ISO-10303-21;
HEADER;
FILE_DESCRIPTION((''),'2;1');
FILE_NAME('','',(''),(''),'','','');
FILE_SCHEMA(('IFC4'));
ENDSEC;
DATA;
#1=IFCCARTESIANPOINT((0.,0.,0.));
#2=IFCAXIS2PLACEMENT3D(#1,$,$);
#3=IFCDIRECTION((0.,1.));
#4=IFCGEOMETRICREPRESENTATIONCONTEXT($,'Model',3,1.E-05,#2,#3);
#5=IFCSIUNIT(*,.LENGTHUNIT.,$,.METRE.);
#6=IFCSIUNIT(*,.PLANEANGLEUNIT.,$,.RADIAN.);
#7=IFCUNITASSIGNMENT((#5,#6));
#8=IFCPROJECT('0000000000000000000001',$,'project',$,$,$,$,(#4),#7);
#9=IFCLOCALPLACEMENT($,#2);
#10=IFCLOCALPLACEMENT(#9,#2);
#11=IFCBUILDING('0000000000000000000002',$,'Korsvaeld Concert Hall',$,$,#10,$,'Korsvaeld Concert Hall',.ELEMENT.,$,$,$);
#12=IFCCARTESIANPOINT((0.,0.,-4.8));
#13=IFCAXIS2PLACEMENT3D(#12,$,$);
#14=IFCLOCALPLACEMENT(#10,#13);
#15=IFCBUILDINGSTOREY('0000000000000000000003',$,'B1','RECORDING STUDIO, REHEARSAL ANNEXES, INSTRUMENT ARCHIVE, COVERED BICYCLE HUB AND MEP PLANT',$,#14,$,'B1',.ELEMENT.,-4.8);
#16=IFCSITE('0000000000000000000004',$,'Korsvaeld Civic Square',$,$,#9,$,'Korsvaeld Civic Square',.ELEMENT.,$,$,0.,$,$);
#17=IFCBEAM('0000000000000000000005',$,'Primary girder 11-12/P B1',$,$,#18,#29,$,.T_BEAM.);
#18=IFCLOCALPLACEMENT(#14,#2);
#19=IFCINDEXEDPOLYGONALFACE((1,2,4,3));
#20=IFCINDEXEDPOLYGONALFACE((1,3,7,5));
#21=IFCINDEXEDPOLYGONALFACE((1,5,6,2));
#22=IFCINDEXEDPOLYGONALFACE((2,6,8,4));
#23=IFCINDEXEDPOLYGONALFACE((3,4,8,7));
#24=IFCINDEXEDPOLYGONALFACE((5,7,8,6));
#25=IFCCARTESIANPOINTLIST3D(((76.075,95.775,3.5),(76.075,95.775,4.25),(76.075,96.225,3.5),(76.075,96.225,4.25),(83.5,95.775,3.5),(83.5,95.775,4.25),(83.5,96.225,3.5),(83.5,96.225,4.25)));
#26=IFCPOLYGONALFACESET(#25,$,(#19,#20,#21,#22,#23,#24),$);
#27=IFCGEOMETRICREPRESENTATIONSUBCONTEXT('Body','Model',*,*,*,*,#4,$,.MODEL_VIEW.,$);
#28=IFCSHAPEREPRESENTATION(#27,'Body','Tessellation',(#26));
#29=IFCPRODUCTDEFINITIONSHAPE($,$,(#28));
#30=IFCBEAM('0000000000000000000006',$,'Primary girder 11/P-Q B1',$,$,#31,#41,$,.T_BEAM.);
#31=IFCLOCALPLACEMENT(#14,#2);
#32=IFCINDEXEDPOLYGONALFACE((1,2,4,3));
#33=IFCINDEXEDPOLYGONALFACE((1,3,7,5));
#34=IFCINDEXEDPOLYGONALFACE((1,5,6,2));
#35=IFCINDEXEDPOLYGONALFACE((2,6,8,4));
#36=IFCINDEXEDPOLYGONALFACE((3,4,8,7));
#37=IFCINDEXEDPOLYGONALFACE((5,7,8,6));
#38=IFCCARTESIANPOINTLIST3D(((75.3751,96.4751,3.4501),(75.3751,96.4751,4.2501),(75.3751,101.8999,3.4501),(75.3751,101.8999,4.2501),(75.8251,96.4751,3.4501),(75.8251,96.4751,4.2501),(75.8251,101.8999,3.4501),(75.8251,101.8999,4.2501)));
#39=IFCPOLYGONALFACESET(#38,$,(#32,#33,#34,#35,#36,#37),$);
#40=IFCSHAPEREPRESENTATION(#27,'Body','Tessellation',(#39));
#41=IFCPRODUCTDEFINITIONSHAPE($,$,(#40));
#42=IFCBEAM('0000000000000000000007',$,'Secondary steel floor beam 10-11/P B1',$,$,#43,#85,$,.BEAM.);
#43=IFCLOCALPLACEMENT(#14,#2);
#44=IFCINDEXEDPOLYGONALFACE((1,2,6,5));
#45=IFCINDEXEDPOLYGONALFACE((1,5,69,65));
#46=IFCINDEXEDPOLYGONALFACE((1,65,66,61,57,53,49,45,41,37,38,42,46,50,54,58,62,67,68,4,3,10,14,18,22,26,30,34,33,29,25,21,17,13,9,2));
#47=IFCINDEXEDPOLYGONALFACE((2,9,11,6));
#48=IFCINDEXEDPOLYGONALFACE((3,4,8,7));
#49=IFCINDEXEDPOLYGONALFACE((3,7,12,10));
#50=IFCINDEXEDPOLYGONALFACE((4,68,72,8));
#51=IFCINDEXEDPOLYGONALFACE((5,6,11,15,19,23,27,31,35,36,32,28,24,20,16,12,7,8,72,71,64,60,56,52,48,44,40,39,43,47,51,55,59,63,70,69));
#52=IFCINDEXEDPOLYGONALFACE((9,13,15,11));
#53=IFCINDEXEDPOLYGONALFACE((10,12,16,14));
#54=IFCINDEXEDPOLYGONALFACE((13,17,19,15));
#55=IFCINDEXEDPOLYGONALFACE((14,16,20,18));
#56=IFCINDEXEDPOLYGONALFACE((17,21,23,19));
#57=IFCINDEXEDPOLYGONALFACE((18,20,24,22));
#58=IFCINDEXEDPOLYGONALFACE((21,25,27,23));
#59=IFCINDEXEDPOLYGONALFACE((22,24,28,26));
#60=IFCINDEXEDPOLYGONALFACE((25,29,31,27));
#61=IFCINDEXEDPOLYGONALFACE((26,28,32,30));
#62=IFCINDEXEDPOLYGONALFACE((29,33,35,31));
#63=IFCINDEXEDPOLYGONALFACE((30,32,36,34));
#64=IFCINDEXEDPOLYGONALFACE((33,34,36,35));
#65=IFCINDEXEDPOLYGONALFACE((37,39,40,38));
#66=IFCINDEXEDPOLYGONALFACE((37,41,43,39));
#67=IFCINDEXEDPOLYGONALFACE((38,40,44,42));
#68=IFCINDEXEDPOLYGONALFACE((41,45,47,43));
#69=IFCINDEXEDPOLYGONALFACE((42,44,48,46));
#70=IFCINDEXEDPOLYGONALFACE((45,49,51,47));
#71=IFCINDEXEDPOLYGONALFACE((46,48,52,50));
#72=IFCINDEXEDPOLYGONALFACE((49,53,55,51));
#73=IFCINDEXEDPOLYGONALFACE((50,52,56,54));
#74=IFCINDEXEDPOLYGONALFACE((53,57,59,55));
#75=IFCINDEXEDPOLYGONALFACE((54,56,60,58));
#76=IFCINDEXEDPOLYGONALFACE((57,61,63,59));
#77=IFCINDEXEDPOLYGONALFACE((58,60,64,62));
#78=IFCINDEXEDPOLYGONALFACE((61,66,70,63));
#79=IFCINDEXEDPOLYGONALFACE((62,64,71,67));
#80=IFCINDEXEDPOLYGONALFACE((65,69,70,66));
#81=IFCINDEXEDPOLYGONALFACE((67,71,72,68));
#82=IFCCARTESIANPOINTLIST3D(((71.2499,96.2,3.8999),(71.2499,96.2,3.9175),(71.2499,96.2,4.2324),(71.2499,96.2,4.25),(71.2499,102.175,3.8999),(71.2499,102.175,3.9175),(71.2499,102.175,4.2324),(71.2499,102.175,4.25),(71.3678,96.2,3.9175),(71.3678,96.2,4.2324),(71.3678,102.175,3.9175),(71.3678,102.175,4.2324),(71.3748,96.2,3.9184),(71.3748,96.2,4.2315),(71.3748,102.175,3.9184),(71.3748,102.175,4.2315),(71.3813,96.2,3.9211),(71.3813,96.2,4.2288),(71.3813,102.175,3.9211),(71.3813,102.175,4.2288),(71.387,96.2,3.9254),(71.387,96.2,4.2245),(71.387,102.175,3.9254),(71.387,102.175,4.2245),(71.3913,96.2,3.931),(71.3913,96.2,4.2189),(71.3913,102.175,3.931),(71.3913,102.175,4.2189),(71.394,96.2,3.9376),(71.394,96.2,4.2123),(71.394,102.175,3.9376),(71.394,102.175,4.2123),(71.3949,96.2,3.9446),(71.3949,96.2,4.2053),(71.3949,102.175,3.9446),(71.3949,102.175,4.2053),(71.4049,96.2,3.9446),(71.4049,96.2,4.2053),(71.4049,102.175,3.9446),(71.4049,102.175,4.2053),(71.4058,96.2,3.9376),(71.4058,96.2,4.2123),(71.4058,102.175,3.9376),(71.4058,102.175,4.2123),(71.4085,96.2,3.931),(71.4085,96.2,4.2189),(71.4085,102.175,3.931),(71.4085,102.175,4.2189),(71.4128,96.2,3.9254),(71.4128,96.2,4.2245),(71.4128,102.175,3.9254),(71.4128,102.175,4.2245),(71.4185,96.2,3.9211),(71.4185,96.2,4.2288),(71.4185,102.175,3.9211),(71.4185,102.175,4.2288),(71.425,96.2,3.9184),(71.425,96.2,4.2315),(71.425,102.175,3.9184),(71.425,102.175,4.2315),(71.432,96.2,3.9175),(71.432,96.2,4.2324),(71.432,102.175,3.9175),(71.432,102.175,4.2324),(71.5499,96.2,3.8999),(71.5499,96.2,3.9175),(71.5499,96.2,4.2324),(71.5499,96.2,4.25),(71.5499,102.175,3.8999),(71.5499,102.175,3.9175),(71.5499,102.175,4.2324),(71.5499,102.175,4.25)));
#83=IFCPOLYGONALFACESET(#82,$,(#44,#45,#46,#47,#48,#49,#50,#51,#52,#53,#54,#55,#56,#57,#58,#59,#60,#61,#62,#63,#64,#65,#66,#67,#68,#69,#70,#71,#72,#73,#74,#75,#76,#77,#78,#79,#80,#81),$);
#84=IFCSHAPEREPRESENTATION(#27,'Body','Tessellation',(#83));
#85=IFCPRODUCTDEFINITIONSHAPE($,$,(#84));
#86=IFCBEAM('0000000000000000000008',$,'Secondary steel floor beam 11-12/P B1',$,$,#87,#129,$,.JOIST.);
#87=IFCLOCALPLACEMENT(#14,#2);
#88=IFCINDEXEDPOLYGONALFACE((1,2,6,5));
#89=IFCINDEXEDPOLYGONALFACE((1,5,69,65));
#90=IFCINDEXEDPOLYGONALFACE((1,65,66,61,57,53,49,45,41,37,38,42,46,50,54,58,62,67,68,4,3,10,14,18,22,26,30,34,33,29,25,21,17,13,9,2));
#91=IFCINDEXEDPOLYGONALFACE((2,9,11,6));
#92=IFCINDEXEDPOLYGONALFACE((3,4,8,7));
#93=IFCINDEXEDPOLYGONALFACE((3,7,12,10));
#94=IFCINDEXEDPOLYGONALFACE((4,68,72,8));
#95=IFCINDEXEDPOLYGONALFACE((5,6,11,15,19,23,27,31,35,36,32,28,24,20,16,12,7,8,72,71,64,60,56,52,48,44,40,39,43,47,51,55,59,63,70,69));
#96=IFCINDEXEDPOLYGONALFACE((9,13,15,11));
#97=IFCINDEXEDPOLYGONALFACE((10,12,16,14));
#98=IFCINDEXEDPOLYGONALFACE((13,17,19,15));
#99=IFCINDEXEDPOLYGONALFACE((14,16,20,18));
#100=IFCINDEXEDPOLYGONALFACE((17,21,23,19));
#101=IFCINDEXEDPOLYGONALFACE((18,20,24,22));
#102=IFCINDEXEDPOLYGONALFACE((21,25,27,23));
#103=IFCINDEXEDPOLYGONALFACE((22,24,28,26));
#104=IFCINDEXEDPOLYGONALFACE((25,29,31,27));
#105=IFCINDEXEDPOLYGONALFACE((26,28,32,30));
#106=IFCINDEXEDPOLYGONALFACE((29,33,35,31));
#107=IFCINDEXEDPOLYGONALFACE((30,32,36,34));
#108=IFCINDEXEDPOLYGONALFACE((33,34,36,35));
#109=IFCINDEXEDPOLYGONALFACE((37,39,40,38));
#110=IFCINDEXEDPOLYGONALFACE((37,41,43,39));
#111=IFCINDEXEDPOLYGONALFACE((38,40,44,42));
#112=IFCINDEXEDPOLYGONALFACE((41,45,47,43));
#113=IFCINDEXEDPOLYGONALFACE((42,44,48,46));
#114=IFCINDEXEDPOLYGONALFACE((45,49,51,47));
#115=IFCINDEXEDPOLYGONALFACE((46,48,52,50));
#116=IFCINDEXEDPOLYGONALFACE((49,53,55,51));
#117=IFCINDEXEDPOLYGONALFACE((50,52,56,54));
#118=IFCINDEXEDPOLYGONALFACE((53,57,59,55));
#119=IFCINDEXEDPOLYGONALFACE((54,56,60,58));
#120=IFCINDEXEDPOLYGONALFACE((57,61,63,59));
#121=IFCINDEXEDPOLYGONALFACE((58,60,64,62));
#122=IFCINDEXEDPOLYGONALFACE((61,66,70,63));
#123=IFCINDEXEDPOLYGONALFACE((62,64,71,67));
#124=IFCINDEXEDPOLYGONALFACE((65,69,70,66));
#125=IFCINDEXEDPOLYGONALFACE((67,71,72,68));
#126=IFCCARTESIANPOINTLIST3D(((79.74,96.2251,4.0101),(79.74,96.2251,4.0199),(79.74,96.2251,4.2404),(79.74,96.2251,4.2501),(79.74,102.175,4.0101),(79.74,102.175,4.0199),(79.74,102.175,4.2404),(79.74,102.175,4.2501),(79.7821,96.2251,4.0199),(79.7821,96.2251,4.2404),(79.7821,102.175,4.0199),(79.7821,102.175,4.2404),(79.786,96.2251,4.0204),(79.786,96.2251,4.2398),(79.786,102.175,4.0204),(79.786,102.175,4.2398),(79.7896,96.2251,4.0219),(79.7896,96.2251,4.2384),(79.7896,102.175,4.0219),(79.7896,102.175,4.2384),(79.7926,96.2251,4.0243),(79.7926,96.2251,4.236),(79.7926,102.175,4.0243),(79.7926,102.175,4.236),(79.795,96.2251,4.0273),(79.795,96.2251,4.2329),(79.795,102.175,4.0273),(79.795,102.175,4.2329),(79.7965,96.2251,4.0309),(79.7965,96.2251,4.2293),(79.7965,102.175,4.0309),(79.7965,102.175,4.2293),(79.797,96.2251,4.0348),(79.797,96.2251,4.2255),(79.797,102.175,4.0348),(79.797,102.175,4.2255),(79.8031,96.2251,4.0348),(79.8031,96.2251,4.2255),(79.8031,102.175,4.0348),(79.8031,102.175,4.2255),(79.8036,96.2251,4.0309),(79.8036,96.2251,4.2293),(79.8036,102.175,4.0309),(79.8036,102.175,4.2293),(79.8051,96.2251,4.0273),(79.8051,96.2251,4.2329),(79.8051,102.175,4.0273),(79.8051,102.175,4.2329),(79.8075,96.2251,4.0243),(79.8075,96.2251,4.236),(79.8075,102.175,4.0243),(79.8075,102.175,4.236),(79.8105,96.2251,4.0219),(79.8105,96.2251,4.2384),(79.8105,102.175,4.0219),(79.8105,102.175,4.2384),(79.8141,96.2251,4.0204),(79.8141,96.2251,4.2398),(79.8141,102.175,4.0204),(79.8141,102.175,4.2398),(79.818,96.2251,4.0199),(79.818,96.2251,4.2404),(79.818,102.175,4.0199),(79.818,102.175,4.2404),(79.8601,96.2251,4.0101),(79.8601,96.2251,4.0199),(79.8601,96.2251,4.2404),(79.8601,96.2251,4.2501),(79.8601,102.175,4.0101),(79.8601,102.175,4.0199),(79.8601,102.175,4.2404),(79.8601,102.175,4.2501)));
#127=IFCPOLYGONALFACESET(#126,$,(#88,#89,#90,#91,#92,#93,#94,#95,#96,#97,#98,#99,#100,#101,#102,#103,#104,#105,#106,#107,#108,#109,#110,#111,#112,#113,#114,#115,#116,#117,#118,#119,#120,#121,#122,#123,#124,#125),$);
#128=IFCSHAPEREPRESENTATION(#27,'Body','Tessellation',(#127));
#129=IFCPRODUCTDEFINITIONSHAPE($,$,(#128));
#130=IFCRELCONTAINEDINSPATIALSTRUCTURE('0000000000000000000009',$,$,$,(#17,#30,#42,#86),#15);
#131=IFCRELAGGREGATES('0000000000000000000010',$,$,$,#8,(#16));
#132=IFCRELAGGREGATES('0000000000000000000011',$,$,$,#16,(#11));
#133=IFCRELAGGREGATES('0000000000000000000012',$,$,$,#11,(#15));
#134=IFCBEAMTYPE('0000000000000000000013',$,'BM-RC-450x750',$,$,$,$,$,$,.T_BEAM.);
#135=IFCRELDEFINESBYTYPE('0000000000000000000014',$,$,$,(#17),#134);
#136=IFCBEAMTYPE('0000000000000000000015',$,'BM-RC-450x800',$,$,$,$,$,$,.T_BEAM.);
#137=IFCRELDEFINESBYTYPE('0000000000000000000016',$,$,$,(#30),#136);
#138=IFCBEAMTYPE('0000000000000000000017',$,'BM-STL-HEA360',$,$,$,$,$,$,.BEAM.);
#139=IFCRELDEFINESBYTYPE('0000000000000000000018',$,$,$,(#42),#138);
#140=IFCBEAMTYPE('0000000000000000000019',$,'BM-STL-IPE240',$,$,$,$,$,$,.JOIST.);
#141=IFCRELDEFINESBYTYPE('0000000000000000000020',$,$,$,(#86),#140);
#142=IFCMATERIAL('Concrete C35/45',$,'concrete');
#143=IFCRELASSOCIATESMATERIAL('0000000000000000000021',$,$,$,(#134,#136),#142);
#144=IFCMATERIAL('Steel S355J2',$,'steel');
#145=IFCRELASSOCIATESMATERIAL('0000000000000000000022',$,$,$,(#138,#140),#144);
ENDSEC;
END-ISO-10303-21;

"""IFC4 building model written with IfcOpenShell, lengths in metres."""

from ifc_helpers import new_model, si_unit, direction, frame, origin, origin_2d, place, context, subcontext, project, spatial, rectangle, i_section, extrude, material, material_profile, profile_set, type_object, element, save


model = new_model("IFC4")

# Units and contexts
model_context = context("Model", 3, precision=1e-05, world=origin(), true_north=direction((0.0, 1.0)))
body_context = subcontext(model_context, "Body", "Model", "MODEL_VIEW")
ifc_project = project(units=[si_unit("LENGTHUNIT", "METRE"), si_unit("PLANEANGLEUNIT", "RADIAN")], contexts=[model_context])

# Site, building, storey
site_placement = place(None, origin())
site = spatial("IfcSite", under=ifc_project, at=site_placement, Name="Korsvaeld Civic Square", LongName="Korsvaeld Civic Square", CompositionType="ELEMENT", RefElevation=0.0)
building_placement = place(site_placement, origin())
building = spatial("IfcBuilding", under=site, at=building_placement, Name="Korsvaeld Concert Hall", LongName="Korsvaeld Concert Hall", CompositionType="ELEMENT")
storey_placement = place(building_placement, frame((0.0, 0.0, -4.8)))
storey = spatial("IfcBuildingStorey", under=building, at=storey_placement, Name="B1", Description="RECORDING STUDIO, REHEARSAL ANNEXES, INSTRUMENT ARCHIVE, COVERED BICYCLE HUB AND MEP PLANT", LongName="B1", CompositionType="ELEMENT", Elevation=-4.8)

# Shared definitions
ifc_material_1 = material(Name="Concrete C35/45", Category="concrete")

# Beams
ifc_material_profile_1 = material_profile(ifc_material_1, rectangle(XDim=0.45, YDim=0.75, at=origin_2d()), Name="RC 450x750")
ifc_profile_set_1 = profile_set([ifc_material_profile_1], Name="Concrete C35/45")
beam_type_1 = type_object("IfcBeamType", Name="BM-RC-450x750", PredefinedType="T_BEAM", material=ifc_profile_set_1)
beam_1_placement = place(storey_placement, frame((76.075, 96.0, 3.875), z_axis=(1.0, 0.0, 0.0), x_axis=(0.0, 1.0, 0.0)))
element("IfcBeam", 1, at=beam_1_placement, inside=storey, type_object=beam_type_1, Name="Primary girder 11-12/P B1", PredefinedType="T_BEAM", context=body_context, shape_type="SweptSolid", body=[
    extrude(rectangle(XDim=0.45, YDim=0.75, at=origin_2d()), origin(), (0.0, 0.0, 1.0), 7.425),
])
ifc_material_profile_2 = material_profile(ifc_material_1, rectangle(XDim=0.45, YDim=0.8, at=origin_2d()), Name="RC 450x800")
ifc_profile_set_2 = profile_set([ifc_material_profile_2], Name="Concrete C35/45")
beam_type_2 = type_object("IfcBeamType", Name="BM-RC-450x800", PredefinedType="T_BEAM", material=ifc_profile_set_2)
beam_2_placement = place(storey_placement, frame((75.6001, 96.4751, 3.8501), z_axis=(0.0, 1.0, 0.0), x_axis=(-1.0, 0.0, 0.0)))
element("IfcBeam", 2, at=beam_2_placement, inside=storey, type_object=beam_type_2, Name="Primary girder 11/P-Q B1", PredefinedType="T_BEAM", context=body_context, shape_type="SweptSolid", body=[
    extrude(rectangle(XDim=0.45, YDim=0.8, at=origin_2d()), origin(), (0.0, 0.0, 1.0), 5.4248),
])
ifc_material_2 = material(Name="Steel S355J2", Category="steel")
ifc_material_profile_3 = material_profile(ifc_material_2, i_section(OverallWidth=0.3, OverallDepth=0.3501, WebThickness=0.01, FlangeThickness=0.0176, FilletRadius=0.0271, at=origin_2d()), Name="HEA 360")
ifc_profile_set_3 = profile_set([ifc_material_profile_3], Name="Steel S355J2")
beam_type_3 = type_object("IfcBeamType", Name="BM-STL-HEA360", PredefinedType="BEAM", material=ifc_profile_set_3)
beam_3_placement = place(storey_placement, frame((71.3999, 96.2, 4.075), z_axis=(0.0, 1.0, 0.0), x_axis=(-1.0, 0.0, 0.0)))
element("IfcBeam", 3, at=beam_3_placement, inside=storey, type_object=beam_type_3, Name="Secondary steel floor beam 10-11/P B1", PredefinedType="BEAM", context=body_context, shape_type="SweptSolid", body=[
    extrude(i_section(OverallWidth=0.3, OverallDepth=0.3501, WebThickness=0.01, FlangeThickness=0.0176, FilletRadius=0.0271, at=origin_2d()), origin(), (0.0, 0.0, 1.0), 5.9751),
])
ifc_material_profile_4 = material_profile(ifc_material_2, i_section(OverallWidth=0.1201, OverallDepth=0.24, WebThickness=0.0061, FlangeThickness=0.0098, FilletRadius=0.0149, at=origin_2d()), Name="IPE 240")
ifc_profile_set_4 = profile_set([ifc_material_profile_4], Name="Steel S355J2")
beam_type_4 = type_object("IfcBeamType", Name="BM-STL-IPE240", PredefinedType="JOIST", material=ifc_profile_set_4)
beam_4_placement = place(storey_placement, frame((79.8, 96.2251, 4.1301), z_axis=(0.0, 1.0, 0.0), x_axis=(-1.0, 0.0, 0.0)))
element("IfcBeam", 4, at=beam_4_placement, inside=storey, type_object=beam_type_4, Name="Secondary steel floor beam 11-12/P B1", PredefinedType="JOIST", context=body_context, shape_type="SweptSolid", body=[
    extrude(i_section(OverallWidth=0.1201, OverallDepth=0.24, WebThickness=0.0061, FlangeThickness=0.0098, FilletRadius=0.0149, at=origin_2d()), origin(), (0.0, 0.0, 1.0), 5.95),
])

save(model, "model.ifc")
